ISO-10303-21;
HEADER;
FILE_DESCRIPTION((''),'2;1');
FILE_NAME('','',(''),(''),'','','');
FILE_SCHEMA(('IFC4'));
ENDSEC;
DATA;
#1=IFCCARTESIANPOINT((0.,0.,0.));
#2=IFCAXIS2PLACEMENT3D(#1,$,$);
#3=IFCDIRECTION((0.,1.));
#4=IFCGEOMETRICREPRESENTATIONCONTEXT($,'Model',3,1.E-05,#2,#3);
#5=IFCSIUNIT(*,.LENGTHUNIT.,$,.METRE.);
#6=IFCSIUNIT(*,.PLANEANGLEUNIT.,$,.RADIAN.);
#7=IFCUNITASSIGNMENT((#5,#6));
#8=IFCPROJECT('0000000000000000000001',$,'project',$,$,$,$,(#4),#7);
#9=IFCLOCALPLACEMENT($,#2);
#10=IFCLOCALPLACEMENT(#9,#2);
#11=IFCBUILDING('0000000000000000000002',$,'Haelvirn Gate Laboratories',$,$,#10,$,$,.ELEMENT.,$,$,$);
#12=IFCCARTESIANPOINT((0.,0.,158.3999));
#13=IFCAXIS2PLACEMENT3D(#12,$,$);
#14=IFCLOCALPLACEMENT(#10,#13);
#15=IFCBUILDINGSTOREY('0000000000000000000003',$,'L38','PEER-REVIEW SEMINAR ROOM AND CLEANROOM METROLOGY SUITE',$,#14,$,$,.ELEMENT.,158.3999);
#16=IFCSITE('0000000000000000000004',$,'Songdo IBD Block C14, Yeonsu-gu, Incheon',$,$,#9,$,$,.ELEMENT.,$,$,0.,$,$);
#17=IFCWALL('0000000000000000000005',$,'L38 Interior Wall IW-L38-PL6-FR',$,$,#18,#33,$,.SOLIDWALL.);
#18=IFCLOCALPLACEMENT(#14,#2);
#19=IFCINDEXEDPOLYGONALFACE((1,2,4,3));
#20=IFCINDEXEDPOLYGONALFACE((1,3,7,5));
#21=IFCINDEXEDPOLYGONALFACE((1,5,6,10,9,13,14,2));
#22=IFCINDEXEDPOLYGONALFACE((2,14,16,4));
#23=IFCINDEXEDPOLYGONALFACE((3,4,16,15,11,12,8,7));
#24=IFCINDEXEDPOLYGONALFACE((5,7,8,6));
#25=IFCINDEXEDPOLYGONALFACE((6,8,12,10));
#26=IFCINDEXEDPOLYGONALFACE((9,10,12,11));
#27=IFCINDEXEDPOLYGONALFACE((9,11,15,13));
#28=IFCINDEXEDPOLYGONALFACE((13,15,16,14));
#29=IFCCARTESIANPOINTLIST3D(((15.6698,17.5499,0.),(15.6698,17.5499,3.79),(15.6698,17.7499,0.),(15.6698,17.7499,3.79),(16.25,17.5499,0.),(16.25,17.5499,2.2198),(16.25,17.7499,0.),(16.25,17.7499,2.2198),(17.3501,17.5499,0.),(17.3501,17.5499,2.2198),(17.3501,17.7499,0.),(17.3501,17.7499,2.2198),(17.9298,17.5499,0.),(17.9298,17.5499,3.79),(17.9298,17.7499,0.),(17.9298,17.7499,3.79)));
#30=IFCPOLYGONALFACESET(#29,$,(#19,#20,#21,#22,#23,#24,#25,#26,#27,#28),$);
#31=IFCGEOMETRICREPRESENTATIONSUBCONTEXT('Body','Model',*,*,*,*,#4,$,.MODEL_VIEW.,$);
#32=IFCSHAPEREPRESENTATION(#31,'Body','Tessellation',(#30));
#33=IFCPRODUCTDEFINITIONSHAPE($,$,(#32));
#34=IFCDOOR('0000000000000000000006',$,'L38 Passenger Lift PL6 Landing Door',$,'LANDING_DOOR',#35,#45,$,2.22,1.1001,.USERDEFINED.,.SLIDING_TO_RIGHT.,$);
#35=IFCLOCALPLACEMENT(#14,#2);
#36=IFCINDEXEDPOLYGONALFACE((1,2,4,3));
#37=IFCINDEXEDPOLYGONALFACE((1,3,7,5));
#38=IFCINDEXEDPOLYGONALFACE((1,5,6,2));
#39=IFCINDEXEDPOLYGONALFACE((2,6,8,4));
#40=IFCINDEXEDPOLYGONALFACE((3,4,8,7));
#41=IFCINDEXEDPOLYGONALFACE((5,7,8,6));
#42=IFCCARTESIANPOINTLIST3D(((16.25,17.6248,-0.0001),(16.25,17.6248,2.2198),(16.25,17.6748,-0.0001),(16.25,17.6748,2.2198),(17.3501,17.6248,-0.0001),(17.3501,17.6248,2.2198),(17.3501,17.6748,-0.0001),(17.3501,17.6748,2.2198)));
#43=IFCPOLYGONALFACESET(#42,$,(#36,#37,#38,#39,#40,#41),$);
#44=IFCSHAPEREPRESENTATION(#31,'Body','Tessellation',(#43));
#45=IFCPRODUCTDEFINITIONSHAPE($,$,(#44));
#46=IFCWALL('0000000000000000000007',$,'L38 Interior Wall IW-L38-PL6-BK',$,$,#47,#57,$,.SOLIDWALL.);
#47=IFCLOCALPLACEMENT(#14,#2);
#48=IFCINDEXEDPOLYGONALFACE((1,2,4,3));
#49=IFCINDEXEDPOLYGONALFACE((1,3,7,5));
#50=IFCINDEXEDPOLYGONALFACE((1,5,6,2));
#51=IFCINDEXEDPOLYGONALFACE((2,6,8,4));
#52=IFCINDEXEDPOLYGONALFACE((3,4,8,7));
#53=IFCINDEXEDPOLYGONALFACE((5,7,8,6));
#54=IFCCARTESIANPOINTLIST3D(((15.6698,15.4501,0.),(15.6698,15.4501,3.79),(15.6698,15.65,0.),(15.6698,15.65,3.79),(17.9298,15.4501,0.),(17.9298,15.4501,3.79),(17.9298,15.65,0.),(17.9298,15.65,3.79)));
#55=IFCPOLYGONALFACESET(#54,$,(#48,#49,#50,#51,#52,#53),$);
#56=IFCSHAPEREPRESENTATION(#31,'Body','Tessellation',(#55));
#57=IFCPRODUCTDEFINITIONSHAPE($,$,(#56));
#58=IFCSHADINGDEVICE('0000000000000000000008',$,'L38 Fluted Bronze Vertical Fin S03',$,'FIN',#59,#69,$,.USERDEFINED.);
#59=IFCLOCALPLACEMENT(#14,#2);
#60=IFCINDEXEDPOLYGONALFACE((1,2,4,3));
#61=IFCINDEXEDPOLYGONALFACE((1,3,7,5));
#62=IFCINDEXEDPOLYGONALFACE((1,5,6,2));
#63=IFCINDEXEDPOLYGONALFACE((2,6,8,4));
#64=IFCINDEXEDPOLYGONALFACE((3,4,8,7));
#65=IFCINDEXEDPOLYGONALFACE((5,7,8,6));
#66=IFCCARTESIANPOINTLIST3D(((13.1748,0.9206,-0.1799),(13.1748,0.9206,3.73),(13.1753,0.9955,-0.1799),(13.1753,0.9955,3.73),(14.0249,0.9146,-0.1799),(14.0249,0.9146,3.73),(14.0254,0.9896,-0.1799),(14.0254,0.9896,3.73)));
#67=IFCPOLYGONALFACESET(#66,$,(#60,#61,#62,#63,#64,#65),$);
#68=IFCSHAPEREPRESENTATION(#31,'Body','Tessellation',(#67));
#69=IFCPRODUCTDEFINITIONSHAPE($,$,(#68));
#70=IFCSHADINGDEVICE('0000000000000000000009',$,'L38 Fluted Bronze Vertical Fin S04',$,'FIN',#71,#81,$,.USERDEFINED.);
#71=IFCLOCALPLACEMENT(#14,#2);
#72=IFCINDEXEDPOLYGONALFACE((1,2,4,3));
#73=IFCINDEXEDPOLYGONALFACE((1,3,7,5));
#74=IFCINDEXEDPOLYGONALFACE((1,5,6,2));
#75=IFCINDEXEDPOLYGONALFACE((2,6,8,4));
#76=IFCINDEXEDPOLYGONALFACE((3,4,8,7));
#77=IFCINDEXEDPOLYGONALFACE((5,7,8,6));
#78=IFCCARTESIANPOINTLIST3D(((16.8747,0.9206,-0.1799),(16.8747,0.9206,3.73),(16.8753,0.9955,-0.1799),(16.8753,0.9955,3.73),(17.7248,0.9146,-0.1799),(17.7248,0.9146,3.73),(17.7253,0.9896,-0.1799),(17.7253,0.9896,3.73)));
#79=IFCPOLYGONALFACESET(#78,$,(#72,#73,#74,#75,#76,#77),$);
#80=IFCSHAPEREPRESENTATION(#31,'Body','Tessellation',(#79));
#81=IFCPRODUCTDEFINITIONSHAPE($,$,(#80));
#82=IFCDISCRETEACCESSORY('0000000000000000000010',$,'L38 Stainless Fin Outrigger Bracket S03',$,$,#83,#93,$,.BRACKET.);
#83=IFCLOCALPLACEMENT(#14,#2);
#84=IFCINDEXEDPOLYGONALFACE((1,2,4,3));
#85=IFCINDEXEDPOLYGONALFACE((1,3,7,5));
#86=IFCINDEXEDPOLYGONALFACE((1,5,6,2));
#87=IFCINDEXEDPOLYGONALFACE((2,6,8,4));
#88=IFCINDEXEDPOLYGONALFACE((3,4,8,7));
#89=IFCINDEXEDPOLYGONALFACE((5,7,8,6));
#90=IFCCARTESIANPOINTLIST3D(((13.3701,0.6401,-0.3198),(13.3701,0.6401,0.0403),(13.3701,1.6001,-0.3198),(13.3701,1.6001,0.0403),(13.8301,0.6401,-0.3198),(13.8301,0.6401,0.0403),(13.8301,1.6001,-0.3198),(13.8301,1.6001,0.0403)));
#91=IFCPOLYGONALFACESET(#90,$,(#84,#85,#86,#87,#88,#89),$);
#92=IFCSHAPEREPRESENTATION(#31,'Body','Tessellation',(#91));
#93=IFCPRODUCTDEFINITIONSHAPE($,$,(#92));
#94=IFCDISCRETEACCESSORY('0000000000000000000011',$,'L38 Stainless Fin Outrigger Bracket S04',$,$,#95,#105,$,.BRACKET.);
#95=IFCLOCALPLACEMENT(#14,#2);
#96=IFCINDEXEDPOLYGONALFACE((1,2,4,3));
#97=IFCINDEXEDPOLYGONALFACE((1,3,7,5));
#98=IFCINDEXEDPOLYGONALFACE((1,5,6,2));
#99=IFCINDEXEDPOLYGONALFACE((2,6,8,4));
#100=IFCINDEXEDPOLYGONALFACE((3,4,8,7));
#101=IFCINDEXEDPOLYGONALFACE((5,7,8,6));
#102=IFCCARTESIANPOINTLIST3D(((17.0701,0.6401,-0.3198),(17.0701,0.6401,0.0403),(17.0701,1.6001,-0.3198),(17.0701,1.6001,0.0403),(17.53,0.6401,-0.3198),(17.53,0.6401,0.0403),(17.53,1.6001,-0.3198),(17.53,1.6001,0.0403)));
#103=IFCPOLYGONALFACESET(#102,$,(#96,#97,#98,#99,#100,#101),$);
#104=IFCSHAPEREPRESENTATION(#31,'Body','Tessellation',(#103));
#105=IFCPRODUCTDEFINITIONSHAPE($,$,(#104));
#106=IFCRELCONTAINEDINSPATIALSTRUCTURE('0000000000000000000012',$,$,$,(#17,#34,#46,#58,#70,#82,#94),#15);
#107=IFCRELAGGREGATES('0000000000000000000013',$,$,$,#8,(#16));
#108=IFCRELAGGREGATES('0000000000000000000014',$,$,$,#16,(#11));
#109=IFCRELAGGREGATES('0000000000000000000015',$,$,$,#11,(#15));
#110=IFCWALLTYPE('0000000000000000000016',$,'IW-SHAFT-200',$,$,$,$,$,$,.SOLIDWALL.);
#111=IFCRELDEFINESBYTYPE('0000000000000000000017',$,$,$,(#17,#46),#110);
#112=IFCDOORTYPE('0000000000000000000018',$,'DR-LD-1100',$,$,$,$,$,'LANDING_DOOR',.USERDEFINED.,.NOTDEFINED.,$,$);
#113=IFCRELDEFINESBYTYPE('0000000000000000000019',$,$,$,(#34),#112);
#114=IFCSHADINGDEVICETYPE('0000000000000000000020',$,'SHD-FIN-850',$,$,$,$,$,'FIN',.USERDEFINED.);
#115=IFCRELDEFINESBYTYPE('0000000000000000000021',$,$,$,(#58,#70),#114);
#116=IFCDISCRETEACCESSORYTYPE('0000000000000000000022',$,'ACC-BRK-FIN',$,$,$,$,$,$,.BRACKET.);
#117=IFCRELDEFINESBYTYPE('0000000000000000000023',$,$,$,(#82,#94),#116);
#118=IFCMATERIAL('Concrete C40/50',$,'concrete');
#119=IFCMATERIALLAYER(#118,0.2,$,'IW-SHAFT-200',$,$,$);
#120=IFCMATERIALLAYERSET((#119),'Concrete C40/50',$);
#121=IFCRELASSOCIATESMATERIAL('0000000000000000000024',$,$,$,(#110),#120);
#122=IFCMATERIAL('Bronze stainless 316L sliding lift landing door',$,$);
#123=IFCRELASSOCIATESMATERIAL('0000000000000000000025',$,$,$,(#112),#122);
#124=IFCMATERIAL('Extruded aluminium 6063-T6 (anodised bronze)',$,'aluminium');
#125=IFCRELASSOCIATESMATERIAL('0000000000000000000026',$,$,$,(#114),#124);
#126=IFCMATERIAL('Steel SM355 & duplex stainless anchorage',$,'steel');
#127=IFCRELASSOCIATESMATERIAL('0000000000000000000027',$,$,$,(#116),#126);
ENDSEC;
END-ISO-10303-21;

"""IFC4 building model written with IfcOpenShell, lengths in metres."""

from ifc_helpers import new_model, si_unit, direction, frame, frame_2d, origin, origin_2d, place, context, subcontext, project, spatial, rectangle, extrude, source, transform, mapped, material, layer, layer_set, material_profile, profile_set, type_object, type_shapes, element, fill, save


model = new_model("IFC4")

# Units and contexts
model_context = context("Model", 3, precision=1e-05, world=origin(), true_north=direction((0.0, 1.0)))
body_context = subcontext(model_context, "Body", "Model", "MODEL_VIEW")
ifc_project = project(units=[si_unit("LENGTHUNIT", "METRE"), si_unit("PLANEANGLEUNIT", "RADIAN")], contexts=[model_context])

# Site, building, storey
site_placement = place(None, origin())
site = spatial("IfcSite", under=ifc_project, at=site_placement, Name="Songdo IBD Block C14, Yeonsu-gu, Incheon", CompositionType="ELEMENT", RefElevation=0.0)
building_placement = place(site_placement, origin())
building = spatial("IfcBuilding", under=site, at=building_placement, Name="Haelvirn Gate Laboratories", CompositionType="ELEMENT")
storey_placement = place(building_placement, frame((0.0, 0.0, 158.3999)))
storey = spatial("IfcBuildingStorey", under=building, at=storey_placement, Name="L38", Description="PEER-REVIEW SEMINAR ROOM AND CLEANROOM METROLOGY SUITE", CompositionType="ELEMENT", Elevation=158.3999)

# Shared definitions
ifc_material_1 = material(Name="Extruded aluminium 6063-T6 (anodised bronze)", Category="aluminium")

# Shared definitions
ifc_material_2 = material(Name="Concrete C40/50", Category="concrete")

# Shared definitions
ifc_layer_1 = layer(ifc_material_2, 0.2, Name="IW-SHAFT-200")
ifc_layer_set_1 = layer_set([ifc_layer_1], Name="Concrete C40/50")
wall_type_1 = type_object("IfcWallType", Name="IW-SHAFT-200", PredefinedType="SOLIDWALL", material=ifc_layer_set_1)
ifc_material_3 = material(Name="Bronze stainless 316L sliding lift landing door")
door_type_1 = type_object("IfcDoorType", Name="DR-LD-1100", ElementType="LANDING_DOOR", OperationType="NOTDEFINED", PredefinedType="USERDEFINED", material=ifc_material_3)
shared_shape_1 = source(origin(), body_context, "Body", "SweptSolid", [
    extrude(rectangle(XDim=1.1001, YDim=2.22, at=frame_2d((0.55, 1.1099))), frame((0.0, 0.0249, 0.0), z_axis=(0.0, -1.0, 0.0), x_axis=(1.0, 0.0, 0.0)), (0.0, 0.0, 1.0), 0.05),
])
type_shapes(door_type_1, [shared_shape_1])

# Wall, opening, door
wall_1_placement = place(storey_placement, frame((15.6699, 17.6499, 0.0), z_axis=(0.0, 0.0, 1.0), x_axis=(1.0, 0.0, 0.0)))
wall_1 = element("IfcWall", 1, at=wall_1_placement, inside=storey, type_object=wall_type_1, Name="L38 Interior Wall IW-L38-PL6-FR", PredefinedType="SOLIDWALL", context=body_context, shape_type="SweptSolid", body=[
    extrude(rectangle(XDim=2.26, YDim=0.2, at=frame_2d((1.1299, 0.0))), origin(), (0.0, 0.0, 1.0), 3.79),
])
opening_1_placement = place(wall_1_placement, frame((0.5801, 0.0, 0.0)))
opening_1 = element("IfcOpeningElement", 2, at=opening_1_placement, cuts=wall_1, PredefinedType="OPENING", context=body_context, shape_type="SweptSolid", body=[
    extrude(rectangle(XDim=1.1001, YDim=2.22, at=frame_2d((0.55, 1.1099))), frame((0.0, 0.1099, 0.0), z_axis=(0.0, -1.0, 0.0), x_axis=(1.0, 0.0, 0.0)), (0.0, 0.0, 1.0), 0.22),
])
door_1_placement = place(opening_1_placement, origin())
door_1 = element("IfcDoor", 3, at=door_1_placement, inside=storey, type_object=door_type_1, Name="L38 Passenger Lift PL6 Landing Door", ObjectType="LANDING_DOOR", OperationType="SLIDING_TO_RIGHT", OverallHeight=2.22, OverallWidth=1.1001, PredefinedType="USERDEFINED", context=body_context, shape_type="MappedRepresentation", body=[
    mapped(shared_shape_1, transform((0.0, 0.0, 0.0), scale=1.0)),
])
fill(opening_1, door_1)

# Wall
wall_2_placement = place(storey_placement, frame((15.6699, 15.55, 0.0), z_axis=(0.0, 0.0, 1.0), x_axis=(1.0, 0.0, 0.0)))
element("IfcWall", 4, at=wall_2_placement, inside=storey, type_object=wall_type_1, Name="L38 Interior Wall IW-L38-PL6-BK", PredefinedType="SOLIDWALL", context=body_context, shape_type="SweptSolid", body=[
    extrude(rectangle(XDim=2.26, YDim=0.2, at=frame_2d((1.1299, 0.0))), origin(), (0.0, 0.0, 1.0), 3.79),
])

# Shading devices
ifc_material_profile_1 = material_profile(ifc_material_1, rectangle(XDim=0.075, YDim=0.8501, at=origin_2d()), Name="FIN-850x75")
ifc_profile_set_1 = profile_set([ifc_material_profile_1], Name="Extruded aluminium 6063-T6 (anodised bronze)")
shading_device_type = type_object("IfcShadingDeviceType", Name="SHD-FIN-850", ElementType="FIN", PredefinedType="USERDEFINED", material=ifc_profile_set_1)
shared_shape_2 = source(origin(), body_context, "Body", "SweptSolid", [
    extrude(rectangle(XDim=0.075, YDim=0.8501, at=origin_2d()), origin(), (0.0, 0.0, 1.0), 3.9099),
])
type_shapes(shading_device_type, [shared_shape_2])
for number, where, z_axis, x_axis, name in (
    (5, (13.6001, 0.9551, -0.1799), (0.0, 0.0, 1.0), (0.006981, 0.999976, 0.0), "L38 Fluted Bronze Vertical Fin S03"),
    (6, (17.3, 0.9551, -0.1799), (0.0, 0.0, 1.0), (0.006981, 0.999976, 0.0), "L38 Fluted Bronze Vertical Fin S04"),
):
    element("IfcShadingDevice", number, at=place(storey_placement, frame(where, z_axis=z_axis, x_axis=x_axis)), inside=storey, type_object=shading_device_type, Name=name, ObjectType="FIN", PredefinedType="USERDEFINED", context=body_context, shape_type="MappedRepresentation", body=[
        mapped(shared_shape_2, transform((0.0, 0.0, 0.0), scale=1.0)),
    ])

# Discrete accessories
ifc_material_4 = material(Name="Steel SM355 & duplex stainless anchorage", Category="steel")
discrete_accessory_type = type_object("IfcDiscreteAccessoryType", Name="ACC-BRK-FIN", PredefinedType="BRACKET", material=ifc_material_4)
shared_shape_3 = source(origin(), body_context, "Body", "SweptSolid", [
    extrude(rectangle(XDim=0.46, YDim=0.96, at=origin_2d()), origin(), (0.0, 0.0, 1.0), 0.3601),
])
type_shapes(discrete_accessory_type, [shared_shape_3])
for number, where, z_axis, x_axis, name in (
    (7, (13.6001, 1.1201, -0.3198), (0.0, 0.0, 1.0), (1.0, 0.0, 0.0), "L38 Stainless Fin Outrigger Bracket S03"),
    (8, (17.3, 1.1201, -0.3198), (0.0, 0.0, 1.0), (1.0, 0.0, 0.0), "L38 Stainless Fin Outrigger Bracket S04"),
):
    element("IfcDiscreteAccessory", number, at=place(storey_placement, frame(where, z_axis=z_axis, x_axis=x_axis)), inside=storey, type_object=discrete_accessory_type, Name=name, PredefinedType="BRACKET", context=body_context, shape_type="MappedRepresentation", body=[
        mapped(shared_shape_3, transform((0.0, 0.0, 0.0), scale=1.0)),
    ])

save(model, "model.ifc")
